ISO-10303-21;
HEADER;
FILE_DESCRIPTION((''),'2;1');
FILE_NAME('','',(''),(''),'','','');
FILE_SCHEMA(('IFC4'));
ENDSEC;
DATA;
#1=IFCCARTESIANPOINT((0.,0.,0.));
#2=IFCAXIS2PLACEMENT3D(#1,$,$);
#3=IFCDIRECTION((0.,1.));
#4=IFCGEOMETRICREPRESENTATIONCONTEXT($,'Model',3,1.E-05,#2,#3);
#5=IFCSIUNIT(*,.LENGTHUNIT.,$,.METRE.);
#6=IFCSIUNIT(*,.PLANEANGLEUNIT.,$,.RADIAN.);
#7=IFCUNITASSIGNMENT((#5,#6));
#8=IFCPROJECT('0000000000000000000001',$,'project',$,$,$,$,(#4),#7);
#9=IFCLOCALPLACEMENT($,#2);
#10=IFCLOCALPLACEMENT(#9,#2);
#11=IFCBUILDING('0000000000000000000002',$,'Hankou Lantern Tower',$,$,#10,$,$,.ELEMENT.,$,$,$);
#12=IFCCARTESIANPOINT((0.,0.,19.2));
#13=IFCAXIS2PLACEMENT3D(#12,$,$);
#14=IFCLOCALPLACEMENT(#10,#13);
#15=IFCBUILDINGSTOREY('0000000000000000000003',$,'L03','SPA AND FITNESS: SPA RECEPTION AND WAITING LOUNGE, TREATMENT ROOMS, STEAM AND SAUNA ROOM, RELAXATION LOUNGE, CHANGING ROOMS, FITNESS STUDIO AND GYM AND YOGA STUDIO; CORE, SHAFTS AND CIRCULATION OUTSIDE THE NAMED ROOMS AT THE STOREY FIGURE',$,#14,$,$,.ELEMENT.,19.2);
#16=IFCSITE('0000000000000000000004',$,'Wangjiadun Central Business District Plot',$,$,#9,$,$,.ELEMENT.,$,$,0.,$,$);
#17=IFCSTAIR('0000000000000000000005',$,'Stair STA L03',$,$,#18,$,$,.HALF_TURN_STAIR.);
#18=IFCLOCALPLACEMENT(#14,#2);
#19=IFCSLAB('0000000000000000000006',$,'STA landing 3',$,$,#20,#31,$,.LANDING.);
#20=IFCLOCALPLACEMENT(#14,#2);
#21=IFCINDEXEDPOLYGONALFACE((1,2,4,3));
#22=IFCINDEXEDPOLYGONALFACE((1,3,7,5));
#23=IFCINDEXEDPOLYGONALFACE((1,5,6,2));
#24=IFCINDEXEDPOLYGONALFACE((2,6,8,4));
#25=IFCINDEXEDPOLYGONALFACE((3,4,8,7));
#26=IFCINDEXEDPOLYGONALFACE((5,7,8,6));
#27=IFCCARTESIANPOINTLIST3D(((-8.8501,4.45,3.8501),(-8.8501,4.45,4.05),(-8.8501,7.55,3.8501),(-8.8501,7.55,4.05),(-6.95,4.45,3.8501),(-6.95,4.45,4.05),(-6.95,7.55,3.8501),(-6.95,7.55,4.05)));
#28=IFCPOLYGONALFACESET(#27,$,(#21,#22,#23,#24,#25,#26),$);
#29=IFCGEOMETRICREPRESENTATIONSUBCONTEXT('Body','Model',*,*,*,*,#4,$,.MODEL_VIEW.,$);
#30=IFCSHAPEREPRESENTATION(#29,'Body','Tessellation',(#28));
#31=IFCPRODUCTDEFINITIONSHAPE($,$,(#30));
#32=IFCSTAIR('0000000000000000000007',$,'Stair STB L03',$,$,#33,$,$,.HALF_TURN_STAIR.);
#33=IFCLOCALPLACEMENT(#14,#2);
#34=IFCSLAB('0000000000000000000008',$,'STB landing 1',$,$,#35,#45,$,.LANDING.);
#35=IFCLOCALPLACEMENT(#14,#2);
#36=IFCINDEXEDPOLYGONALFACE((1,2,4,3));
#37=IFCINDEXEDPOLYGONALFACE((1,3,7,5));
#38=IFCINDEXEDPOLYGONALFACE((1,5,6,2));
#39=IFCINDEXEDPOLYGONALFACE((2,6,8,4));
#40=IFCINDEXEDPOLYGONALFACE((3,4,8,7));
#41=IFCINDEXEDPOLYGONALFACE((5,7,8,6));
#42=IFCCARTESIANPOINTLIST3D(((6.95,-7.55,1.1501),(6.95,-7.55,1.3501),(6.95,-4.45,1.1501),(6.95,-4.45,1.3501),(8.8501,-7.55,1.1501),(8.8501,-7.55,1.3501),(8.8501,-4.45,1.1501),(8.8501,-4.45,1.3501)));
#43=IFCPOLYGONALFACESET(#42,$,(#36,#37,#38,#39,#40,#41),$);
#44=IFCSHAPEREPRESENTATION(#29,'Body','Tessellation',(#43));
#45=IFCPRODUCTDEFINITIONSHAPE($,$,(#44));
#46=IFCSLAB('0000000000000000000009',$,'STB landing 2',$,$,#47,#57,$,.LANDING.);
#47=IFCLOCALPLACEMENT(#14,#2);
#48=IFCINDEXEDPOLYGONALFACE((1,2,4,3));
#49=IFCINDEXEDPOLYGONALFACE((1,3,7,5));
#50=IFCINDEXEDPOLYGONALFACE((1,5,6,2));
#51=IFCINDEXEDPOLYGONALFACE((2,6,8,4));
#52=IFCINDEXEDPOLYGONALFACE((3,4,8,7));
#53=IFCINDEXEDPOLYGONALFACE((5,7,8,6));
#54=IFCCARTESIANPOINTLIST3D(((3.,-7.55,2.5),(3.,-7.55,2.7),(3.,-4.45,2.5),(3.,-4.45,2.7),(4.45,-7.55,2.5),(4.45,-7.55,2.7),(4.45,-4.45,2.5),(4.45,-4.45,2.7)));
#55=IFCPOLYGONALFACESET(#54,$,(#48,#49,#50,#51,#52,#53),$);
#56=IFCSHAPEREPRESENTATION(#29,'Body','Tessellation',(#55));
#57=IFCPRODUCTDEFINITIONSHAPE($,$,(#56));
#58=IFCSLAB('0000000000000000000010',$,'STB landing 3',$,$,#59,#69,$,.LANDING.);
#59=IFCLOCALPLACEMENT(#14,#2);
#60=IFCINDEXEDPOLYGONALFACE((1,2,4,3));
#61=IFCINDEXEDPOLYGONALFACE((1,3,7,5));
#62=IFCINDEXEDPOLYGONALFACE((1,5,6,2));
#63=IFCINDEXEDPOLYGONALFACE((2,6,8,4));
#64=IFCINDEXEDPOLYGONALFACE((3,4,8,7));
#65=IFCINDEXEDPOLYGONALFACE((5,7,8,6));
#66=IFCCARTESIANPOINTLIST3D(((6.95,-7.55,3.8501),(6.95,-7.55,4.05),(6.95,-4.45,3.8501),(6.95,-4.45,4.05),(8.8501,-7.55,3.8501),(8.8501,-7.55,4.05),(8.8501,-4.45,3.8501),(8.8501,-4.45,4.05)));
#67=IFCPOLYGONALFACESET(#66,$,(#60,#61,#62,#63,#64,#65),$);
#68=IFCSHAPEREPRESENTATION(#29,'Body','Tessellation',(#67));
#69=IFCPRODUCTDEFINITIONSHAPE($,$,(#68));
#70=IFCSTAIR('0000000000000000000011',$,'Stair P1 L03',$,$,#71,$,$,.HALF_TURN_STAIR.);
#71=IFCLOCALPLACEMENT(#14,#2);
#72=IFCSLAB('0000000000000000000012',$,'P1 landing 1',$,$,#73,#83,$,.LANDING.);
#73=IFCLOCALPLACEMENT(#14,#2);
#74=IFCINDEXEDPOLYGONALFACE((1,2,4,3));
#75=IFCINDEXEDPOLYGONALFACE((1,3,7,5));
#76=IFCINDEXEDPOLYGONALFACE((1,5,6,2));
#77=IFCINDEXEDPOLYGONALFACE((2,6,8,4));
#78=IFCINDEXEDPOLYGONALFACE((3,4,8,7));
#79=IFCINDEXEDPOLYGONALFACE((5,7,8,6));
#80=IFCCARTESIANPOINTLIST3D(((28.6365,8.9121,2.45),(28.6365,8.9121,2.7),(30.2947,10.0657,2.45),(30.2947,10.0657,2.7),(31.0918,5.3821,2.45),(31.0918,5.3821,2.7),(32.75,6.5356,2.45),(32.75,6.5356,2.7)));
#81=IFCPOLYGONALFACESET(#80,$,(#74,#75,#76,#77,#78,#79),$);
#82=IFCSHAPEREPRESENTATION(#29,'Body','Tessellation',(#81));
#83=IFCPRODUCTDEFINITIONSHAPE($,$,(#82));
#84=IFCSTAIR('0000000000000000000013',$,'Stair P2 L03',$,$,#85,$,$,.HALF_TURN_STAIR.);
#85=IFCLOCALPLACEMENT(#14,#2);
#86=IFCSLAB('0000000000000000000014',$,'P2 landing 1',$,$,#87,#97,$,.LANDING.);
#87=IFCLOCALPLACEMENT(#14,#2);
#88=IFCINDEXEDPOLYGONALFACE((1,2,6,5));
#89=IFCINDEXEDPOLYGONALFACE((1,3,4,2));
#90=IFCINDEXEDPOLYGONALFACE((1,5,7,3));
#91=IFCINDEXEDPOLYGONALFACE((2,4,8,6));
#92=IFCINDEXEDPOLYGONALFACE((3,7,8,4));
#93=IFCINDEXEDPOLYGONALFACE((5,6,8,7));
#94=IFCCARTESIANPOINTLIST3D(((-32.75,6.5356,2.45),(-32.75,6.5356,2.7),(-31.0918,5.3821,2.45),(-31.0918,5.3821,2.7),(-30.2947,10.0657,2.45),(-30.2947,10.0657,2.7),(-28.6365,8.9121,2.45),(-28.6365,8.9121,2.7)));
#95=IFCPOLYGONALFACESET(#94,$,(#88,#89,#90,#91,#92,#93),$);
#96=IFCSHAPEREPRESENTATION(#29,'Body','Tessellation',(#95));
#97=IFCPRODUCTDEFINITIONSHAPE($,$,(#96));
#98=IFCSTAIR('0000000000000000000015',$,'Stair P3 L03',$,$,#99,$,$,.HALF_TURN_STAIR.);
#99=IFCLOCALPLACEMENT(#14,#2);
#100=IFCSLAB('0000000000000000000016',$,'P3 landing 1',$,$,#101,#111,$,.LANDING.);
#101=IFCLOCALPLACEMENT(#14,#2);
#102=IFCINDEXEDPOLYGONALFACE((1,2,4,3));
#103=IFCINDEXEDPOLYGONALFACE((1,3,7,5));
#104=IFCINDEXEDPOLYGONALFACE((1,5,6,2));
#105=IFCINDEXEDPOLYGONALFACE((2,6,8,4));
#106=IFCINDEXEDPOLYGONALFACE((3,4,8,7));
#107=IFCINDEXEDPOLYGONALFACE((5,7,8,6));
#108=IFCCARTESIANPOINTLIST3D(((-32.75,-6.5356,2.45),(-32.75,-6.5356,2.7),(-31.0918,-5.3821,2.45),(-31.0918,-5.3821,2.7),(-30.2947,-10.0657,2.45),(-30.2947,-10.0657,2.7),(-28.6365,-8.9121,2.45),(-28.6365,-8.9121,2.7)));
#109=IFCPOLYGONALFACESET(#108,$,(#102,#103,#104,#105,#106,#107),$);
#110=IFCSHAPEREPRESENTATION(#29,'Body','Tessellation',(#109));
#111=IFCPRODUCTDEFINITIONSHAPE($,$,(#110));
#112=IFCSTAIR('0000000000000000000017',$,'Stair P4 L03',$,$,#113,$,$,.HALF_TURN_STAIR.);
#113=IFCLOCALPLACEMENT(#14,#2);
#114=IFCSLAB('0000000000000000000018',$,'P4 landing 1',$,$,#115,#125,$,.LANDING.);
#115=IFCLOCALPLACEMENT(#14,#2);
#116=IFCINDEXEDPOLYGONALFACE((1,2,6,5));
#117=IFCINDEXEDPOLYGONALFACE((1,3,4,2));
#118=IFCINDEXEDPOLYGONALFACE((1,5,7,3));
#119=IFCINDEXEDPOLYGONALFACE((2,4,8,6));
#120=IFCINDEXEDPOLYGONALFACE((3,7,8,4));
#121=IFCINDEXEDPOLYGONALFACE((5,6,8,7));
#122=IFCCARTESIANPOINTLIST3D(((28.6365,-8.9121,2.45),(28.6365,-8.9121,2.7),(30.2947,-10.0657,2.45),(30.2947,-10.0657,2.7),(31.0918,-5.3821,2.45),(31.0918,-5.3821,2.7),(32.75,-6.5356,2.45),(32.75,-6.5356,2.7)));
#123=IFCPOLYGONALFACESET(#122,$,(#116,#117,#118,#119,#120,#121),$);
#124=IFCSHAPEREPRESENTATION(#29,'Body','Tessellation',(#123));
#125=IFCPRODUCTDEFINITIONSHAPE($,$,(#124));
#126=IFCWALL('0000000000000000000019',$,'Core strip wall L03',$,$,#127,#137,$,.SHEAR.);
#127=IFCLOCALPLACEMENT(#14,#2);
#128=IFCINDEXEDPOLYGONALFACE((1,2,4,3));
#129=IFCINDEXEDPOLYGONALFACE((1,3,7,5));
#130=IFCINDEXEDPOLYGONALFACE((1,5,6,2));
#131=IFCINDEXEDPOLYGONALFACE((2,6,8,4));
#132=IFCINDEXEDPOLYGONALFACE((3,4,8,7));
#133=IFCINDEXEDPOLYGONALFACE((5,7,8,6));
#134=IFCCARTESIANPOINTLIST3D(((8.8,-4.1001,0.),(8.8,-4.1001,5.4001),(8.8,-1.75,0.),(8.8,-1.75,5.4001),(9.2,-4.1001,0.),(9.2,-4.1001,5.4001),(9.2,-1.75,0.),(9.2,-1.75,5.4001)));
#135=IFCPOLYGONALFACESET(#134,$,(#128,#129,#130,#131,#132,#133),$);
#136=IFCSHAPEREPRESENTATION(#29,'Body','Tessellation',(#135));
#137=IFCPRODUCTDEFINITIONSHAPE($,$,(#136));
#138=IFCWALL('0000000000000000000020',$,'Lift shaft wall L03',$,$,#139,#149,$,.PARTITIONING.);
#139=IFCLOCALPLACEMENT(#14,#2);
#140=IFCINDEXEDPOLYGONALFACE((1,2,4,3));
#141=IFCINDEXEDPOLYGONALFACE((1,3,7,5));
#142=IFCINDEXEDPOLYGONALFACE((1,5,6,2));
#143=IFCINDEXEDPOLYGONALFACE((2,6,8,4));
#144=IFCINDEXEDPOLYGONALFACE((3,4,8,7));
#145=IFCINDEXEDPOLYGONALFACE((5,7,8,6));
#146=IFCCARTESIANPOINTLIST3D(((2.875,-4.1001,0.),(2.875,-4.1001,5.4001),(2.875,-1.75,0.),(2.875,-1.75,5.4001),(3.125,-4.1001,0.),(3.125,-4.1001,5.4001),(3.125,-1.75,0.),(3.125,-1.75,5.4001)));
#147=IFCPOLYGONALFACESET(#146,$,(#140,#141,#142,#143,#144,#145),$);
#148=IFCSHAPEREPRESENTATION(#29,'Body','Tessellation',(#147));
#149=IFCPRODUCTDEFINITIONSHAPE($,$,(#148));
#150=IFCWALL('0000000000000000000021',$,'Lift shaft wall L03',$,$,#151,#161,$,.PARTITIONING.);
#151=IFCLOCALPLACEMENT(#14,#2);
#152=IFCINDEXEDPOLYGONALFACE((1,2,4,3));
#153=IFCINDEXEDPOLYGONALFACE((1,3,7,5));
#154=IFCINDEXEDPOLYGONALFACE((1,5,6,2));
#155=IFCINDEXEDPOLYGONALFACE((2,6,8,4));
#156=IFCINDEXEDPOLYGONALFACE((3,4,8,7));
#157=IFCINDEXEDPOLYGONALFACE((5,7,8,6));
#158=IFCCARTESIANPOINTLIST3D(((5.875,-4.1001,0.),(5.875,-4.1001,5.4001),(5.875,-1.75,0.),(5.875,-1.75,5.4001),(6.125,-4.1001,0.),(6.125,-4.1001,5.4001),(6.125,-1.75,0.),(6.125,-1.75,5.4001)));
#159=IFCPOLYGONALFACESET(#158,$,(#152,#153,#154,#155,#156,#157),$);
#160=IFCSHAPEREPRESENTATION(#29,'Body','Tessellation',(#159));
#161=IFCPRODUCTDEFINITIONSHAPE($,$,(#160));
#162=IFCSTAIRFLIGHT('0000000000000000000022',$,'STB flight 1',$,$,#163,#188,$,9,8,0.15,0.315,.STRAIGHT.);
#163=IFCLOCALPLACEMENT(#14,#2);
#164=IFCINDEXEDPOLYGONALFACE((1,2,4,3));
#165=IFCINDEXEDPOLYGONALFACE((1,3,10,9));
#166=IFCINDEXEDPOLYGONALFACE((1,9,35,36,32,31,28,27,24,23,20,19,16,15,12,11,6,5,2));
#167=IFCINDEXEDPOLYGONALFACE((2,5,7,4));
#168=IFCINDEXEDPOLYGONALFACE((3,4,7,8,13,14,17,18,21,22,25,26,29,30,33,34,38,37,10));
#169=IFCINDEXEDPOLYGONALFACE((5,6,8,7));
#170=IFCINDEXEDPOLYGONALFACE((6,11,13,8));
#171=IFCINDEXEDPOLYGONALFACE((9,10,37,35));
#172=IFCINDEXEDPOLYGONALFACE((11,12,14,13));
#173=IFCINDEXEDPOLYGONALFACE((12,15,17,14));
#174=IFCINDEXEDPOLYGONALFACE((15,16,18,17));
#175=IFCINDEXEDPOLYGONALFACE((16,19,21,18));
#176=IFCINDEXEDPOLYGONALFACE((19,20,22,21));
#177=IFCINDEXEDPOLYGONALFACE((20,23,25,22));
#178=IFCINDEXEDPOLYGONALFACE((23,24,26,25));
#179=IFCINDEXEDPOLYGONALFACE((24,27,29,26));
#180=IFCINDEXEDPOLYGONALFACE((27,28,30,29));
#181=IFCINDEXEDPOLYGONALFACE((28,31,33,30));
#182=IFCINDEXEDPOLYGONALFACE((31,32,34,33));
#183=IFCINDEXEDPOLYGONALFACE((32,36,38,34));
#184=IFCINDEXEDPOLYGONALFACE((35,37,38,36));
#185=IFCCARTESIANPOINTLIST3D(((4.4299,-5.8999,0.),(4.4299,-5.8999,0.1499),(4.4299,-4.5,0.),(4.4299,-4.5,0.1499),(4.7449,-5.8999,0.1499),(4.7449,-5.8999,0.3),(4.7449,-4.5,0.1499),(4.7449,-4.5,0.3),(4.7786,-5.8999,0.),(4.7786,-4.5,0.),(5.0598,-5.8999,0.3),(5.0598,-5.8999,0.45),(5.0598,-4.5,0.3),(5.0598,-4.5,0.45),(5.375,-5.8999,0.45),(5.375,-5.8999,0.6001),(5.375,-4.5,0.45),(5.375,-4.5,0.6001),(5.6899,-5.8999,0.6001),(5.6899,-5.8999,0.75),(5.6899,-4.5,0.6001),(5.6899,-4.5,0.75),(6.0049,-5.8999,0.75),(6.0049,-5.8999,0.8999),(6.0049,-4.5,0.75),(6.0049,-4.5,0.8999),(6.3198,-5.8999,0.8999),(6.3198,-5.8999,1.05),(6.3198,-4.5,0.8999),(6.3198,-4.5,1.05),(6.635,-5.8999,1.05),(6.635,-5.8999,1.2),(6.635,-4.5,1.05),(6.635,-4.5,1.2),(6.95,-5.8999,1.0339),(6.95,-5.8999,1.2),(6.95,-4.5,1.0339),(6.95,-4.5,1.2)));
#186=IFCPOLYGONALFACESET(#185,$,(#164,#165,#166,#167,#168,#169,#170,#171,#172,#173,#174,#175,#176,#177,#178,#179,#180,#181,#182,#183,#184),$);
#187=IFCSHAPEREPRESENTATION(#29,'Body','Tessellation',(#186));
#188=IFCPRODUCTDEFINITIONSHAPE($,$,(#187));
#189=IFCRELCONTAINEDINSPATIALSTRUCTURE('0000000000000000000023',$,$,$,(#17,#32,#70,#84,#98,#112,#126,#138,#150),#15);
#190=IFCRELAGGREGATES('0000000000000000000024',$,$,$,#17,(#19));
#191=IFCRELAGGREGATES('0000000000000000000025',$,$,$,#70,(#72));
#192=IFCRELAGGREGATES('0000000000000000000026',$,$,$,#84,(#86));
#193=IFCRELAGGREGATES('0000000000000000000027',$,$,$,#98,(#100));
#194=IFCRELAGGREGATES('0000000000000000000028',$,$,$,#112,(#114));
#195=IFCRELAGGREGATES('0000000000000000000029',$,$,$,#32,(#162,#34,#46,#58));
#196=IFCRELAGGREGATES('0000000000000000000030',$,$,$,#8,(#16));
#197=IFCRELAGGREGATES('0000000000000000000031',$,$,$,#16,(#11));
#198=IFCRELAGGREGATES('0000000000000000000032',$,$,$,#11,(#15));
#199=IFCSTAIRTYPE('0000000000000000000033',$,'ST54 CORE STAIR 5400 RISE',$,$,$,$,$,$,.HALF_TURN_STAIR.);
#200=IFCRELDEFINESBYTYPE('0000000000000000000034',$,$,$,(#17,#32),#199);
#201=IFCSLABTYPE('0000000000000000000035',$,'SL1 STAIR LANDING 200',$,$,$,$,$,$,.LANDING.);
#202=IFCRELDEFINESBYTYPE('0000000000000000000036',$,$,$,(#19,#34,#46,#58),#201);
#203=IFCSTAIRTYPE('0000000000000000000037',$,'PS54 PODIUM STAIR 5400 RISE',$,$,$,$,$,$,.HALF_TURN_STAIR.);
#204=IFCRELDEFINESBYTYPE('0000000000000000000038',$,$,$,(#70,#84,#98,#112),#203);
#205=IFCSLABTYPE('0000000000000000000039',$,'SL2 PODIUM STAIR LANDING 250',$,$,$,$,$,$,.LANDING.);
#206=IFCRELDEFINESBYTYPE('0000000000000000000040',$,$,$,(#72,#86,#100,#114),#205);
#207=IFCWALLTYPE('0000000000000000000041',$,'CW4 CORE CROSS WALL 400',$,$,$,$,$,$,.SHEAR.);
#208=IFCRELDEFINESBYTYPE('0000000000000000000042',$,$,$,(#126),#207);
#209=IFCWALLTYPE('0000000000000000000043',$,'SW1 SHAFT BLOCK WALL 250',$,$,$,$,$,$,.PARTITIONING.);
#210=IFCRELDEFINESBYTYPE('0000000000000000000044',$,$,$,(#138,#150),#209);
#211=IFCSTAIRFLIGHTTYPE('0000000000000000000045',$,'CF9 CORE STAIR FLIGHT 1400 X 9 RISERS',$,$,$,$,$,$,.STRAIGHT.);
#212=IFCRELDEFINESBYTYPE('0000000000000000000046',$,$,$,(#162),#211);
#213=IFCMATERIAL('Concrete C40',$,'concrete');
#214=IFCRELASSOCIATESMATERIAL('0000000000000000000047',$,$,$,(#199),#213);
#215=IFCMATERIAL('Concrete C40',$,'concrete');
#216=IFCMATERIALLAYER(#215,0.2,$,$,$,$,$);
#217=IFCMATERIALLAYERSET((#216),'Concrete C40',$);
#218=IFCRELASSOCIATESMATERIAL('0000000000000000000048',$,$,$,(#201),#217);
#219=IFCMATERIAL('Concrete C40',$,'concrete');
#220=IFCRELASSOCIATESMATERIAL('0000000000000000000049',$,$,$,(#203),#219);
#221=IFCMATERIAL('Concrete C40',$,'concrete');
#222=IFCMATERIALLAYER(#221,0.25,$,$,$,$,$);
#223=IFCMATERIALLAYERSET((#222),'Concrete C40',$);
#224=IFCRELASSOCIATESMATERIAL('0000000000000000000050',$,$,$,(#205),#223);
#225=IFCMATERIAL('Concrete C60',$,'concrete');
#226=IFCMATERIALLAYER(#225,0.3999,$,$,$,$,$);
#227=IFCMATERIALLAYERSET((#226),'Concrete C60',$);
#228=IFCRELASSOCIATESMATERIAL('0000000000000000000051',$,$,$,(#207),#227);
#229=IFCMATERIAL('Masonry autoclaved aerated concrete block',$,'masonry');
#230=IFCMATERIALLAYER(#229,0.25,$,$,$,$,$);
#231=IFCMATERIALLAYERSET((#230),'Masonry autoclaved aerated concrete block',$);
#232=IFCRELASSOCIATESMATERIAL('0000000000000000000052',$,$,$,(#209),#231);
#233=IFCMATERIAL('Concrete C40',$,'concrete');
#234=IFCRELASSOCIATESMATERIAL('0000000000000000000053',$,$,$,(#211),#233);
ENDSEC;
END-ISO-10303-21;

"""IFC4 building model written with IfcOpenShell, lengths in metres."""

from ifc_helpers import new_model, si_unit, direction, frame, frame_2d, origin, place, context, subcontext, project, spatial, polyline, rectangle, outline, extrude, material, layer, layer_set, type_object, element, aggregate, save


model = new_model("IFC4")

# Units and contexts
model_context = context("Model", 3, precision=1e-05, world=origin(), true_north=direction((0.0, 1.0)))
body_context = subcontext(model_context, "Body", "Model", "MODEL_VIEW")
ifc_project = project(units=[si_unit("LENGTHUNIT", "METRE"), si_unit("PLANEANGLEUNIT", "RADIAN")], contexts=[model_context])

# Site, building, storey
site_placement = place(None, origin())
site = spatial("IfcSite", under=ifc_project, at=site_placement, Name="Wangjiadun Central Business District Plot", CompositionType="ELEMENT", RefElevation=0.0)
building_placement = place(site_placement, origin())
building = spatial("IfcBuilding", under=site, at=building_placement, Name="Hankou Lantern Tower", CompositionType="ELEMENT")
storey_placement = place(building_placement, frame((0.0, 0.0, 19.2)))
storey = spatial("IfcBuildingStorey", under=building, at=storey_placement, Name="L03", Description="SPA AND FITNESS: SPA RECEPTION AND WAITING LOUNGE, TREATMENT ROOMS, STEAM AND SAUNA ROOM, RELAXATION LOUNGE, CHANGING ROOMS, FITNESS STUDIO AND GYM AND YOGA STUDIO; CORE, SHAFTS AND CIRCULATION OUTSIDE THE NAMED ROOMS AT THE STOREY FIGURE", CompositionType="ELEMENT", Elevation=19.2)

# Stairs, slabs
ifc_material_1 = material(Name="Concrete C40", Category="concrete")
stair_type_1 = type_object("IfcStairType", Name="ST54 CORE STAIR 5400 RISE", PredefinedType="HALF_TURN_STAIR", material=ifc_material_1)
stair_1_placement = place(storey_placement, origin())
stair_1 = element("IfcStair", 1, at=stair_1_placement, inside=storey, type_object=stair_type_1, Name="Stair STA L03", PredefinedType="HALF_TURN_STAIR")
ifc_material_2 = material(Name="Concrete C40", Category="concrete")
ifc_layer_1 = layer(ifc_material_2, 0.2)
ifc_layer_set_1 = layer_set([ifc_layer_1], Name="Concrete C40")
slab_type_1 = type_object("IfcSlabType", Name="SL1 STAIR LANDING 200", PredefinedType="LANDING", material=ifc_layer_set_1)
slab_1_placement = place(storey_placement, frame((0.0, 0.0, 3.8501)))
slab_1 = element("IfcSlab", 2, at=slab_1_placement, type_object=slab_type_1, Name="STA landing 3", PredefinedType="LANDING", context=body_context, shape_type="SweptSolid", body=[
    extrude(outline(polyline([(-8.8501, 4.45), (-6.95, 4.45), (-6.95, 7.55), (-8.8501, 7.55), (-8.8501, 4.45)])), origin(), (0.0, 0.0, 1.0), 0.2),
])
aggregate(stair_1, [slab_1])
stair_2_placement = place(storey_placement, origin())
stair_2 = element("IfcStair", 3, at=stair_2_placement, inside=storey, type_object=stair_type_1, Name="Stair STB L03", PredefinedType="HALF_TURN_STAIR")
slab_2_placement = place(storey_placement, frame((0.0, 0.0, 1.1501)))
slab_2 = element("IfcSlab", 4, at=slab_2_placement, type_object=slab_type_1, Name="STB landing 1", PredefinedType="LANDING", context=body_context, shape_type="SweptSolid", body=[
    extrude(outline(polyline([(8.8501, -4.45), (6.95, -4.45), (6.95, -7.55), (8.8501, -7.55), (8.8501, -4.45)])), origin(), (0.0, 0.0, 1.0), 0.2),
])
slab_3_placement = place(storey_placement, frame((0.0, 0.0, 2.5)))
slab_3 = element("IfcSlab", 5, at=slab_3_placement, type_object=slab_type_1, Name="STB landing 2", PredefinedType="LANDING", context=body_context, shape_type="SweptSolid", body=[
    extrude(outline(polyline([(4.45, -4.45), (3.0, -4.45), (3.0, -7.55), (4.45, -7.55), (4.45, -4.45)])), origin(), (0.0, 0.0, 1.0), 0.2),
])
slab_4_placement = place(storey_placement, frame((0.0, 0.0, 3.8501)))
slab_4 = element("IfcSlab", 6, at=slab_4_placement, type_object=slab_type_1, Name="STB landing 3", PredefinedType="LANDING", context=body_context, shape_type="SweptSolid", body=[
    extrude(outline(polyline([(8.8501, -4.45), (6.95, -4.45), (6.95, -7.55), (8.8501, -7.55), (8.8501, -4.45)])), origin(), (0.0, 0.0, 1.0), 0.2),
])

# Stairs, slabs
ifc_material_3 = material(Name="Concrete C40", Category="concrete")
stair_type_2 = type_object("IfcStairType", Name="PS54 PODIUM STAIR 5400 RISE", PredefinedType="HALF_TURN_STAIR", material=ifc_material_3)
stair_3_placement = place(storey_placement, origin())
stair_3 = element("IfcStair", 7, at=stair_3_placement, inside=storey, type_object=stair_type_2, Name="Stair P1 L03", PredefinedType="HALF_TURN_STAIR")
ifc_material_4 = material(Name="Concrete C40", Category="concrete")
ifc_layer_2 = layer(ifc_material_4, 0.25)
ifc_layer_set_2 = layer_set([ifc_layer_2], Name="Concrete C40")
slab_type_2 = type_object("IfcSlabType", Name="SL2 PODIUM STAIR LANDING 250", PredefinedType="LANDING", material=ifc_layer_set_2)
slab_5_placement = place(storey_placement, frame((0.0, 0.0, 2.45)))
slab_5 = element("IfcSlab", 8, at=slab_5_placement, type_object=slab_type_2, Name="P1 landing 1", PredefinedType="LANDING", context=body_context, shape_type="SweptSolid", body=[
    extrude(outline(polyline([(32.75, 6.5356), (30.2947, 10.0657), (28.6365, 8.9121), (31.0918, 5.3821), (32.75, 6.5356)])), origin(), (0.0, 0.0, 1.0), 0.25),
])
aggregate(stair_3, [slab_5])
stair_4_placement = place(storey_placement, origin())
stair_4 = element("IfcStair", 9, at=stair_4_placement, inside=storey, type_object=stair_type_2, Name="Stair P2 L03", PredefinedType="HALF_TURN_STAIR")
slab_6_placement = place(storey_placement, frame((0.0, 0.0, 2.45)))
slab_6 = element("IfcSlab", 10, at=slab_6_placement, type_object=slab_type_2, Name="P2 landing 1", PredefinedType="LANDING", context=body_context, shape_type="SweptSolid", body=[
    extrude(outline(polyline([(-30.2947, 10.0657), (-32.75, 6.5356), (-31.0918, 5.3821), (-28.6365, 8.9121), (-30.2947, 10.0657)])), origin(), (0.0, 0.0, 1.0), 0.25),
])
aggregate(stair_4, [slab_6])
stair_5_placement = place(storey_placement, origin())
stair_5 = element("IfcStair", 11, at=stair_5_placement, inside=storey, type_object=stair_type_2, Name="Stair P3 L03", PredefinedType="HALF_TURN_STAIR")
slab_7_placement = place(storey_placement, frame((0.0, 0.0, 2.45)))
slab_7 = element("IfcSlab", 12, at=slab_7_placement, type_object=slab_type_2, Name="P3 landing 1", PredefinedType="LANDING", context=body_context, shape_type="SweptSolid", body=[
    extrude(outline(polyline([(-32.75, -6.5356), (-30.2947, -10.0657), (-28.6365, -8.9121), (-31.0918, -5.3821), (-32.75, -6.5356)])), origin(), (0.0, 0.0, 1.0), 0.25),
])
aggregate(stair_5, [slab_7])
stair_6_placement = place(storey_placement, origin())
stair_6 = element("IfcStair", 13, at=stair_6_placement, inside=storey, type_object=stair_type_2, Name="Stair P4 L03", PredefinedType="HALF_TURN_STAIR")
slab_8_placement = place(storey_placement, frame((0.0, 0.0, 2.45)))
slab_8 = element("IfcSlab", 14, at=slab_8_placement, type_object=slab_type_2, Name="P4 landing 1", PredefinedType="LANDING", context=body_context, shape_type="SweptSolid", body=[
    extrude(outline(polyline([(30.2947, -10.0657), (32.75, -6.5356), (31.0918, -5.3821), (28.6365, -8.9121), (30.2947, -10.0657)])), origin(), (0.0, 0.0, 1.0), 0.25),
])
aggregate(stair_6, [slab_8])

# Walls
ifc_material_5 = material(Name="Concrete C60", Category="concrete")
ifc_layer_3 = layer(ifc_material_5, 0.3999)
ifc_layer_set_3 = layer_set([ifc_layer_3], Name="Concrete C60")
wall_type_1 = type_object("IfcWallType", Name="CW4 CORE CROSS WALL 400", PredefinedType="SHEAR", material=ifc_layer_set_3)
wall_placement = place(storey_placement, frame((9.0, -4.1001, 0.0), z_axis=(0.0, 0.0, 1.0), x_axis=(0.0, 1.0, 0.0)))
element("IfcWall", 15, at=wall_placement, inside=storey, type_object=wall_type_1, Name="Core strip wall L03", PredefinedType="SHEAR", context=body_context, shape_type="SweptSolid", body=[
    extrude(rectangle(XDim=2.3501, YDim=0.3999, at=frame_2d((1.175, 0.0))), origin(), (0.0, 0.0, 1.0), 5.4001),
])
ifc_material_6 = material(Name="Masonry autoclaved aerated concrete block", Category="masonry")
ifc_layer_4 = layer(ifc_material_6, 0.25)
ifc_layer_set_4 = layer_set([ifc_layer_4], Name="Masonry autoclaved aerated concrete block")
wall_type_2 = type_object("IfcWallType", Name="SW1 SHAFT BLOCK WALL 250", PredefinedType="PARTITIONING", material=ifc_layer_set_4)
for number, where, z_axis, x_axis, name in (
    (16, (3.0, -4.1001, 0.0), (0.0, 0.0, 1.0), (0.0, 1.0, 0.0), "Lift shaft wall L03"),
    (17, (6.0, -4.1001, 0.0), (0.0, 0.0, 1.0), (0.0, 1.0, 0.0), "Lift shaft wall L03"),
):
    element("IfcWall", number, at=place(storey_placement, frame(where, z_axis=z_axis, x_axis=x_axis)), inside=storey, type_object=wall_type_2, Name=name, PredefinedType="PARTITIONING", context=body_context, shape_type="SweptSolid", body=[
        extrude(rectangle(XDim=2.3501, YDim=0.25, at=frame_2d((1.175, 0.0))), origin(), (0.0, 0.0, 1.0), 5.4001),
    ])

# Stair flight
ifc_material_7 = material(Name="Concrete C40", Category="concrete")
stair_flight_type = type_object("IfcStairFlightType", Name="CF9 CORE STAIR FLIGHT 1400 X 9 RISERS", PredefinedType="STRAIGHT", material=ifc_material_7)
stair_flight_1_placement = place(storey_placement, frame((4.4299, -5.2, 0.0), z_axis=(0.0, 0.0, 1.0), x_axis=(1.0, 0.0, 0.0)))
stair_flight_1 = element("IfcStairFlight", 18, at=stair_flight_1_placement, type_object=stair_flight_type, Name="STB flight 1", NumberOfRisers=9, NumberOfTreads=8, PredefinedType="STRAIGHT", RiserHeight=0.15, TreadLength=0.315, context=body_context, shape_type="SweptSolid", body=[
    extrude(outline(polyline([(0.0, 0.0), (0.0, 0.1499), (0.3149, 0.1499), (0.3149, 0.3), (0.6299, 0.3), (0.6299, 0.45), (0.9451, 0.45), (0.9451, 0.6001), (1.26, 0.6001), (1.26, 0.75), (1.575, 0.75), (1.575, 0.8999), (1.8899, 0.8999), (1.8899, 1.05), (2.2051, 1.05), (2.2051, 1.2), (2.52, 1.2), (2.52, 1.3501), (2.52, 1.0339), (0.3486, 0.0), (0.0, 0.0)])), frame((0.0, 0.7, 0.0), z_axis=(0.0, -1.0, 0.0), x_axis=(1.0, 0.0, 0.0)), (0.0, 0.0, 1.0), 1.3999),
])
aggregate(stair_2, [stair_flight_1, slab_2, slab_3, slab_4])

save(model, "model.ifc")
